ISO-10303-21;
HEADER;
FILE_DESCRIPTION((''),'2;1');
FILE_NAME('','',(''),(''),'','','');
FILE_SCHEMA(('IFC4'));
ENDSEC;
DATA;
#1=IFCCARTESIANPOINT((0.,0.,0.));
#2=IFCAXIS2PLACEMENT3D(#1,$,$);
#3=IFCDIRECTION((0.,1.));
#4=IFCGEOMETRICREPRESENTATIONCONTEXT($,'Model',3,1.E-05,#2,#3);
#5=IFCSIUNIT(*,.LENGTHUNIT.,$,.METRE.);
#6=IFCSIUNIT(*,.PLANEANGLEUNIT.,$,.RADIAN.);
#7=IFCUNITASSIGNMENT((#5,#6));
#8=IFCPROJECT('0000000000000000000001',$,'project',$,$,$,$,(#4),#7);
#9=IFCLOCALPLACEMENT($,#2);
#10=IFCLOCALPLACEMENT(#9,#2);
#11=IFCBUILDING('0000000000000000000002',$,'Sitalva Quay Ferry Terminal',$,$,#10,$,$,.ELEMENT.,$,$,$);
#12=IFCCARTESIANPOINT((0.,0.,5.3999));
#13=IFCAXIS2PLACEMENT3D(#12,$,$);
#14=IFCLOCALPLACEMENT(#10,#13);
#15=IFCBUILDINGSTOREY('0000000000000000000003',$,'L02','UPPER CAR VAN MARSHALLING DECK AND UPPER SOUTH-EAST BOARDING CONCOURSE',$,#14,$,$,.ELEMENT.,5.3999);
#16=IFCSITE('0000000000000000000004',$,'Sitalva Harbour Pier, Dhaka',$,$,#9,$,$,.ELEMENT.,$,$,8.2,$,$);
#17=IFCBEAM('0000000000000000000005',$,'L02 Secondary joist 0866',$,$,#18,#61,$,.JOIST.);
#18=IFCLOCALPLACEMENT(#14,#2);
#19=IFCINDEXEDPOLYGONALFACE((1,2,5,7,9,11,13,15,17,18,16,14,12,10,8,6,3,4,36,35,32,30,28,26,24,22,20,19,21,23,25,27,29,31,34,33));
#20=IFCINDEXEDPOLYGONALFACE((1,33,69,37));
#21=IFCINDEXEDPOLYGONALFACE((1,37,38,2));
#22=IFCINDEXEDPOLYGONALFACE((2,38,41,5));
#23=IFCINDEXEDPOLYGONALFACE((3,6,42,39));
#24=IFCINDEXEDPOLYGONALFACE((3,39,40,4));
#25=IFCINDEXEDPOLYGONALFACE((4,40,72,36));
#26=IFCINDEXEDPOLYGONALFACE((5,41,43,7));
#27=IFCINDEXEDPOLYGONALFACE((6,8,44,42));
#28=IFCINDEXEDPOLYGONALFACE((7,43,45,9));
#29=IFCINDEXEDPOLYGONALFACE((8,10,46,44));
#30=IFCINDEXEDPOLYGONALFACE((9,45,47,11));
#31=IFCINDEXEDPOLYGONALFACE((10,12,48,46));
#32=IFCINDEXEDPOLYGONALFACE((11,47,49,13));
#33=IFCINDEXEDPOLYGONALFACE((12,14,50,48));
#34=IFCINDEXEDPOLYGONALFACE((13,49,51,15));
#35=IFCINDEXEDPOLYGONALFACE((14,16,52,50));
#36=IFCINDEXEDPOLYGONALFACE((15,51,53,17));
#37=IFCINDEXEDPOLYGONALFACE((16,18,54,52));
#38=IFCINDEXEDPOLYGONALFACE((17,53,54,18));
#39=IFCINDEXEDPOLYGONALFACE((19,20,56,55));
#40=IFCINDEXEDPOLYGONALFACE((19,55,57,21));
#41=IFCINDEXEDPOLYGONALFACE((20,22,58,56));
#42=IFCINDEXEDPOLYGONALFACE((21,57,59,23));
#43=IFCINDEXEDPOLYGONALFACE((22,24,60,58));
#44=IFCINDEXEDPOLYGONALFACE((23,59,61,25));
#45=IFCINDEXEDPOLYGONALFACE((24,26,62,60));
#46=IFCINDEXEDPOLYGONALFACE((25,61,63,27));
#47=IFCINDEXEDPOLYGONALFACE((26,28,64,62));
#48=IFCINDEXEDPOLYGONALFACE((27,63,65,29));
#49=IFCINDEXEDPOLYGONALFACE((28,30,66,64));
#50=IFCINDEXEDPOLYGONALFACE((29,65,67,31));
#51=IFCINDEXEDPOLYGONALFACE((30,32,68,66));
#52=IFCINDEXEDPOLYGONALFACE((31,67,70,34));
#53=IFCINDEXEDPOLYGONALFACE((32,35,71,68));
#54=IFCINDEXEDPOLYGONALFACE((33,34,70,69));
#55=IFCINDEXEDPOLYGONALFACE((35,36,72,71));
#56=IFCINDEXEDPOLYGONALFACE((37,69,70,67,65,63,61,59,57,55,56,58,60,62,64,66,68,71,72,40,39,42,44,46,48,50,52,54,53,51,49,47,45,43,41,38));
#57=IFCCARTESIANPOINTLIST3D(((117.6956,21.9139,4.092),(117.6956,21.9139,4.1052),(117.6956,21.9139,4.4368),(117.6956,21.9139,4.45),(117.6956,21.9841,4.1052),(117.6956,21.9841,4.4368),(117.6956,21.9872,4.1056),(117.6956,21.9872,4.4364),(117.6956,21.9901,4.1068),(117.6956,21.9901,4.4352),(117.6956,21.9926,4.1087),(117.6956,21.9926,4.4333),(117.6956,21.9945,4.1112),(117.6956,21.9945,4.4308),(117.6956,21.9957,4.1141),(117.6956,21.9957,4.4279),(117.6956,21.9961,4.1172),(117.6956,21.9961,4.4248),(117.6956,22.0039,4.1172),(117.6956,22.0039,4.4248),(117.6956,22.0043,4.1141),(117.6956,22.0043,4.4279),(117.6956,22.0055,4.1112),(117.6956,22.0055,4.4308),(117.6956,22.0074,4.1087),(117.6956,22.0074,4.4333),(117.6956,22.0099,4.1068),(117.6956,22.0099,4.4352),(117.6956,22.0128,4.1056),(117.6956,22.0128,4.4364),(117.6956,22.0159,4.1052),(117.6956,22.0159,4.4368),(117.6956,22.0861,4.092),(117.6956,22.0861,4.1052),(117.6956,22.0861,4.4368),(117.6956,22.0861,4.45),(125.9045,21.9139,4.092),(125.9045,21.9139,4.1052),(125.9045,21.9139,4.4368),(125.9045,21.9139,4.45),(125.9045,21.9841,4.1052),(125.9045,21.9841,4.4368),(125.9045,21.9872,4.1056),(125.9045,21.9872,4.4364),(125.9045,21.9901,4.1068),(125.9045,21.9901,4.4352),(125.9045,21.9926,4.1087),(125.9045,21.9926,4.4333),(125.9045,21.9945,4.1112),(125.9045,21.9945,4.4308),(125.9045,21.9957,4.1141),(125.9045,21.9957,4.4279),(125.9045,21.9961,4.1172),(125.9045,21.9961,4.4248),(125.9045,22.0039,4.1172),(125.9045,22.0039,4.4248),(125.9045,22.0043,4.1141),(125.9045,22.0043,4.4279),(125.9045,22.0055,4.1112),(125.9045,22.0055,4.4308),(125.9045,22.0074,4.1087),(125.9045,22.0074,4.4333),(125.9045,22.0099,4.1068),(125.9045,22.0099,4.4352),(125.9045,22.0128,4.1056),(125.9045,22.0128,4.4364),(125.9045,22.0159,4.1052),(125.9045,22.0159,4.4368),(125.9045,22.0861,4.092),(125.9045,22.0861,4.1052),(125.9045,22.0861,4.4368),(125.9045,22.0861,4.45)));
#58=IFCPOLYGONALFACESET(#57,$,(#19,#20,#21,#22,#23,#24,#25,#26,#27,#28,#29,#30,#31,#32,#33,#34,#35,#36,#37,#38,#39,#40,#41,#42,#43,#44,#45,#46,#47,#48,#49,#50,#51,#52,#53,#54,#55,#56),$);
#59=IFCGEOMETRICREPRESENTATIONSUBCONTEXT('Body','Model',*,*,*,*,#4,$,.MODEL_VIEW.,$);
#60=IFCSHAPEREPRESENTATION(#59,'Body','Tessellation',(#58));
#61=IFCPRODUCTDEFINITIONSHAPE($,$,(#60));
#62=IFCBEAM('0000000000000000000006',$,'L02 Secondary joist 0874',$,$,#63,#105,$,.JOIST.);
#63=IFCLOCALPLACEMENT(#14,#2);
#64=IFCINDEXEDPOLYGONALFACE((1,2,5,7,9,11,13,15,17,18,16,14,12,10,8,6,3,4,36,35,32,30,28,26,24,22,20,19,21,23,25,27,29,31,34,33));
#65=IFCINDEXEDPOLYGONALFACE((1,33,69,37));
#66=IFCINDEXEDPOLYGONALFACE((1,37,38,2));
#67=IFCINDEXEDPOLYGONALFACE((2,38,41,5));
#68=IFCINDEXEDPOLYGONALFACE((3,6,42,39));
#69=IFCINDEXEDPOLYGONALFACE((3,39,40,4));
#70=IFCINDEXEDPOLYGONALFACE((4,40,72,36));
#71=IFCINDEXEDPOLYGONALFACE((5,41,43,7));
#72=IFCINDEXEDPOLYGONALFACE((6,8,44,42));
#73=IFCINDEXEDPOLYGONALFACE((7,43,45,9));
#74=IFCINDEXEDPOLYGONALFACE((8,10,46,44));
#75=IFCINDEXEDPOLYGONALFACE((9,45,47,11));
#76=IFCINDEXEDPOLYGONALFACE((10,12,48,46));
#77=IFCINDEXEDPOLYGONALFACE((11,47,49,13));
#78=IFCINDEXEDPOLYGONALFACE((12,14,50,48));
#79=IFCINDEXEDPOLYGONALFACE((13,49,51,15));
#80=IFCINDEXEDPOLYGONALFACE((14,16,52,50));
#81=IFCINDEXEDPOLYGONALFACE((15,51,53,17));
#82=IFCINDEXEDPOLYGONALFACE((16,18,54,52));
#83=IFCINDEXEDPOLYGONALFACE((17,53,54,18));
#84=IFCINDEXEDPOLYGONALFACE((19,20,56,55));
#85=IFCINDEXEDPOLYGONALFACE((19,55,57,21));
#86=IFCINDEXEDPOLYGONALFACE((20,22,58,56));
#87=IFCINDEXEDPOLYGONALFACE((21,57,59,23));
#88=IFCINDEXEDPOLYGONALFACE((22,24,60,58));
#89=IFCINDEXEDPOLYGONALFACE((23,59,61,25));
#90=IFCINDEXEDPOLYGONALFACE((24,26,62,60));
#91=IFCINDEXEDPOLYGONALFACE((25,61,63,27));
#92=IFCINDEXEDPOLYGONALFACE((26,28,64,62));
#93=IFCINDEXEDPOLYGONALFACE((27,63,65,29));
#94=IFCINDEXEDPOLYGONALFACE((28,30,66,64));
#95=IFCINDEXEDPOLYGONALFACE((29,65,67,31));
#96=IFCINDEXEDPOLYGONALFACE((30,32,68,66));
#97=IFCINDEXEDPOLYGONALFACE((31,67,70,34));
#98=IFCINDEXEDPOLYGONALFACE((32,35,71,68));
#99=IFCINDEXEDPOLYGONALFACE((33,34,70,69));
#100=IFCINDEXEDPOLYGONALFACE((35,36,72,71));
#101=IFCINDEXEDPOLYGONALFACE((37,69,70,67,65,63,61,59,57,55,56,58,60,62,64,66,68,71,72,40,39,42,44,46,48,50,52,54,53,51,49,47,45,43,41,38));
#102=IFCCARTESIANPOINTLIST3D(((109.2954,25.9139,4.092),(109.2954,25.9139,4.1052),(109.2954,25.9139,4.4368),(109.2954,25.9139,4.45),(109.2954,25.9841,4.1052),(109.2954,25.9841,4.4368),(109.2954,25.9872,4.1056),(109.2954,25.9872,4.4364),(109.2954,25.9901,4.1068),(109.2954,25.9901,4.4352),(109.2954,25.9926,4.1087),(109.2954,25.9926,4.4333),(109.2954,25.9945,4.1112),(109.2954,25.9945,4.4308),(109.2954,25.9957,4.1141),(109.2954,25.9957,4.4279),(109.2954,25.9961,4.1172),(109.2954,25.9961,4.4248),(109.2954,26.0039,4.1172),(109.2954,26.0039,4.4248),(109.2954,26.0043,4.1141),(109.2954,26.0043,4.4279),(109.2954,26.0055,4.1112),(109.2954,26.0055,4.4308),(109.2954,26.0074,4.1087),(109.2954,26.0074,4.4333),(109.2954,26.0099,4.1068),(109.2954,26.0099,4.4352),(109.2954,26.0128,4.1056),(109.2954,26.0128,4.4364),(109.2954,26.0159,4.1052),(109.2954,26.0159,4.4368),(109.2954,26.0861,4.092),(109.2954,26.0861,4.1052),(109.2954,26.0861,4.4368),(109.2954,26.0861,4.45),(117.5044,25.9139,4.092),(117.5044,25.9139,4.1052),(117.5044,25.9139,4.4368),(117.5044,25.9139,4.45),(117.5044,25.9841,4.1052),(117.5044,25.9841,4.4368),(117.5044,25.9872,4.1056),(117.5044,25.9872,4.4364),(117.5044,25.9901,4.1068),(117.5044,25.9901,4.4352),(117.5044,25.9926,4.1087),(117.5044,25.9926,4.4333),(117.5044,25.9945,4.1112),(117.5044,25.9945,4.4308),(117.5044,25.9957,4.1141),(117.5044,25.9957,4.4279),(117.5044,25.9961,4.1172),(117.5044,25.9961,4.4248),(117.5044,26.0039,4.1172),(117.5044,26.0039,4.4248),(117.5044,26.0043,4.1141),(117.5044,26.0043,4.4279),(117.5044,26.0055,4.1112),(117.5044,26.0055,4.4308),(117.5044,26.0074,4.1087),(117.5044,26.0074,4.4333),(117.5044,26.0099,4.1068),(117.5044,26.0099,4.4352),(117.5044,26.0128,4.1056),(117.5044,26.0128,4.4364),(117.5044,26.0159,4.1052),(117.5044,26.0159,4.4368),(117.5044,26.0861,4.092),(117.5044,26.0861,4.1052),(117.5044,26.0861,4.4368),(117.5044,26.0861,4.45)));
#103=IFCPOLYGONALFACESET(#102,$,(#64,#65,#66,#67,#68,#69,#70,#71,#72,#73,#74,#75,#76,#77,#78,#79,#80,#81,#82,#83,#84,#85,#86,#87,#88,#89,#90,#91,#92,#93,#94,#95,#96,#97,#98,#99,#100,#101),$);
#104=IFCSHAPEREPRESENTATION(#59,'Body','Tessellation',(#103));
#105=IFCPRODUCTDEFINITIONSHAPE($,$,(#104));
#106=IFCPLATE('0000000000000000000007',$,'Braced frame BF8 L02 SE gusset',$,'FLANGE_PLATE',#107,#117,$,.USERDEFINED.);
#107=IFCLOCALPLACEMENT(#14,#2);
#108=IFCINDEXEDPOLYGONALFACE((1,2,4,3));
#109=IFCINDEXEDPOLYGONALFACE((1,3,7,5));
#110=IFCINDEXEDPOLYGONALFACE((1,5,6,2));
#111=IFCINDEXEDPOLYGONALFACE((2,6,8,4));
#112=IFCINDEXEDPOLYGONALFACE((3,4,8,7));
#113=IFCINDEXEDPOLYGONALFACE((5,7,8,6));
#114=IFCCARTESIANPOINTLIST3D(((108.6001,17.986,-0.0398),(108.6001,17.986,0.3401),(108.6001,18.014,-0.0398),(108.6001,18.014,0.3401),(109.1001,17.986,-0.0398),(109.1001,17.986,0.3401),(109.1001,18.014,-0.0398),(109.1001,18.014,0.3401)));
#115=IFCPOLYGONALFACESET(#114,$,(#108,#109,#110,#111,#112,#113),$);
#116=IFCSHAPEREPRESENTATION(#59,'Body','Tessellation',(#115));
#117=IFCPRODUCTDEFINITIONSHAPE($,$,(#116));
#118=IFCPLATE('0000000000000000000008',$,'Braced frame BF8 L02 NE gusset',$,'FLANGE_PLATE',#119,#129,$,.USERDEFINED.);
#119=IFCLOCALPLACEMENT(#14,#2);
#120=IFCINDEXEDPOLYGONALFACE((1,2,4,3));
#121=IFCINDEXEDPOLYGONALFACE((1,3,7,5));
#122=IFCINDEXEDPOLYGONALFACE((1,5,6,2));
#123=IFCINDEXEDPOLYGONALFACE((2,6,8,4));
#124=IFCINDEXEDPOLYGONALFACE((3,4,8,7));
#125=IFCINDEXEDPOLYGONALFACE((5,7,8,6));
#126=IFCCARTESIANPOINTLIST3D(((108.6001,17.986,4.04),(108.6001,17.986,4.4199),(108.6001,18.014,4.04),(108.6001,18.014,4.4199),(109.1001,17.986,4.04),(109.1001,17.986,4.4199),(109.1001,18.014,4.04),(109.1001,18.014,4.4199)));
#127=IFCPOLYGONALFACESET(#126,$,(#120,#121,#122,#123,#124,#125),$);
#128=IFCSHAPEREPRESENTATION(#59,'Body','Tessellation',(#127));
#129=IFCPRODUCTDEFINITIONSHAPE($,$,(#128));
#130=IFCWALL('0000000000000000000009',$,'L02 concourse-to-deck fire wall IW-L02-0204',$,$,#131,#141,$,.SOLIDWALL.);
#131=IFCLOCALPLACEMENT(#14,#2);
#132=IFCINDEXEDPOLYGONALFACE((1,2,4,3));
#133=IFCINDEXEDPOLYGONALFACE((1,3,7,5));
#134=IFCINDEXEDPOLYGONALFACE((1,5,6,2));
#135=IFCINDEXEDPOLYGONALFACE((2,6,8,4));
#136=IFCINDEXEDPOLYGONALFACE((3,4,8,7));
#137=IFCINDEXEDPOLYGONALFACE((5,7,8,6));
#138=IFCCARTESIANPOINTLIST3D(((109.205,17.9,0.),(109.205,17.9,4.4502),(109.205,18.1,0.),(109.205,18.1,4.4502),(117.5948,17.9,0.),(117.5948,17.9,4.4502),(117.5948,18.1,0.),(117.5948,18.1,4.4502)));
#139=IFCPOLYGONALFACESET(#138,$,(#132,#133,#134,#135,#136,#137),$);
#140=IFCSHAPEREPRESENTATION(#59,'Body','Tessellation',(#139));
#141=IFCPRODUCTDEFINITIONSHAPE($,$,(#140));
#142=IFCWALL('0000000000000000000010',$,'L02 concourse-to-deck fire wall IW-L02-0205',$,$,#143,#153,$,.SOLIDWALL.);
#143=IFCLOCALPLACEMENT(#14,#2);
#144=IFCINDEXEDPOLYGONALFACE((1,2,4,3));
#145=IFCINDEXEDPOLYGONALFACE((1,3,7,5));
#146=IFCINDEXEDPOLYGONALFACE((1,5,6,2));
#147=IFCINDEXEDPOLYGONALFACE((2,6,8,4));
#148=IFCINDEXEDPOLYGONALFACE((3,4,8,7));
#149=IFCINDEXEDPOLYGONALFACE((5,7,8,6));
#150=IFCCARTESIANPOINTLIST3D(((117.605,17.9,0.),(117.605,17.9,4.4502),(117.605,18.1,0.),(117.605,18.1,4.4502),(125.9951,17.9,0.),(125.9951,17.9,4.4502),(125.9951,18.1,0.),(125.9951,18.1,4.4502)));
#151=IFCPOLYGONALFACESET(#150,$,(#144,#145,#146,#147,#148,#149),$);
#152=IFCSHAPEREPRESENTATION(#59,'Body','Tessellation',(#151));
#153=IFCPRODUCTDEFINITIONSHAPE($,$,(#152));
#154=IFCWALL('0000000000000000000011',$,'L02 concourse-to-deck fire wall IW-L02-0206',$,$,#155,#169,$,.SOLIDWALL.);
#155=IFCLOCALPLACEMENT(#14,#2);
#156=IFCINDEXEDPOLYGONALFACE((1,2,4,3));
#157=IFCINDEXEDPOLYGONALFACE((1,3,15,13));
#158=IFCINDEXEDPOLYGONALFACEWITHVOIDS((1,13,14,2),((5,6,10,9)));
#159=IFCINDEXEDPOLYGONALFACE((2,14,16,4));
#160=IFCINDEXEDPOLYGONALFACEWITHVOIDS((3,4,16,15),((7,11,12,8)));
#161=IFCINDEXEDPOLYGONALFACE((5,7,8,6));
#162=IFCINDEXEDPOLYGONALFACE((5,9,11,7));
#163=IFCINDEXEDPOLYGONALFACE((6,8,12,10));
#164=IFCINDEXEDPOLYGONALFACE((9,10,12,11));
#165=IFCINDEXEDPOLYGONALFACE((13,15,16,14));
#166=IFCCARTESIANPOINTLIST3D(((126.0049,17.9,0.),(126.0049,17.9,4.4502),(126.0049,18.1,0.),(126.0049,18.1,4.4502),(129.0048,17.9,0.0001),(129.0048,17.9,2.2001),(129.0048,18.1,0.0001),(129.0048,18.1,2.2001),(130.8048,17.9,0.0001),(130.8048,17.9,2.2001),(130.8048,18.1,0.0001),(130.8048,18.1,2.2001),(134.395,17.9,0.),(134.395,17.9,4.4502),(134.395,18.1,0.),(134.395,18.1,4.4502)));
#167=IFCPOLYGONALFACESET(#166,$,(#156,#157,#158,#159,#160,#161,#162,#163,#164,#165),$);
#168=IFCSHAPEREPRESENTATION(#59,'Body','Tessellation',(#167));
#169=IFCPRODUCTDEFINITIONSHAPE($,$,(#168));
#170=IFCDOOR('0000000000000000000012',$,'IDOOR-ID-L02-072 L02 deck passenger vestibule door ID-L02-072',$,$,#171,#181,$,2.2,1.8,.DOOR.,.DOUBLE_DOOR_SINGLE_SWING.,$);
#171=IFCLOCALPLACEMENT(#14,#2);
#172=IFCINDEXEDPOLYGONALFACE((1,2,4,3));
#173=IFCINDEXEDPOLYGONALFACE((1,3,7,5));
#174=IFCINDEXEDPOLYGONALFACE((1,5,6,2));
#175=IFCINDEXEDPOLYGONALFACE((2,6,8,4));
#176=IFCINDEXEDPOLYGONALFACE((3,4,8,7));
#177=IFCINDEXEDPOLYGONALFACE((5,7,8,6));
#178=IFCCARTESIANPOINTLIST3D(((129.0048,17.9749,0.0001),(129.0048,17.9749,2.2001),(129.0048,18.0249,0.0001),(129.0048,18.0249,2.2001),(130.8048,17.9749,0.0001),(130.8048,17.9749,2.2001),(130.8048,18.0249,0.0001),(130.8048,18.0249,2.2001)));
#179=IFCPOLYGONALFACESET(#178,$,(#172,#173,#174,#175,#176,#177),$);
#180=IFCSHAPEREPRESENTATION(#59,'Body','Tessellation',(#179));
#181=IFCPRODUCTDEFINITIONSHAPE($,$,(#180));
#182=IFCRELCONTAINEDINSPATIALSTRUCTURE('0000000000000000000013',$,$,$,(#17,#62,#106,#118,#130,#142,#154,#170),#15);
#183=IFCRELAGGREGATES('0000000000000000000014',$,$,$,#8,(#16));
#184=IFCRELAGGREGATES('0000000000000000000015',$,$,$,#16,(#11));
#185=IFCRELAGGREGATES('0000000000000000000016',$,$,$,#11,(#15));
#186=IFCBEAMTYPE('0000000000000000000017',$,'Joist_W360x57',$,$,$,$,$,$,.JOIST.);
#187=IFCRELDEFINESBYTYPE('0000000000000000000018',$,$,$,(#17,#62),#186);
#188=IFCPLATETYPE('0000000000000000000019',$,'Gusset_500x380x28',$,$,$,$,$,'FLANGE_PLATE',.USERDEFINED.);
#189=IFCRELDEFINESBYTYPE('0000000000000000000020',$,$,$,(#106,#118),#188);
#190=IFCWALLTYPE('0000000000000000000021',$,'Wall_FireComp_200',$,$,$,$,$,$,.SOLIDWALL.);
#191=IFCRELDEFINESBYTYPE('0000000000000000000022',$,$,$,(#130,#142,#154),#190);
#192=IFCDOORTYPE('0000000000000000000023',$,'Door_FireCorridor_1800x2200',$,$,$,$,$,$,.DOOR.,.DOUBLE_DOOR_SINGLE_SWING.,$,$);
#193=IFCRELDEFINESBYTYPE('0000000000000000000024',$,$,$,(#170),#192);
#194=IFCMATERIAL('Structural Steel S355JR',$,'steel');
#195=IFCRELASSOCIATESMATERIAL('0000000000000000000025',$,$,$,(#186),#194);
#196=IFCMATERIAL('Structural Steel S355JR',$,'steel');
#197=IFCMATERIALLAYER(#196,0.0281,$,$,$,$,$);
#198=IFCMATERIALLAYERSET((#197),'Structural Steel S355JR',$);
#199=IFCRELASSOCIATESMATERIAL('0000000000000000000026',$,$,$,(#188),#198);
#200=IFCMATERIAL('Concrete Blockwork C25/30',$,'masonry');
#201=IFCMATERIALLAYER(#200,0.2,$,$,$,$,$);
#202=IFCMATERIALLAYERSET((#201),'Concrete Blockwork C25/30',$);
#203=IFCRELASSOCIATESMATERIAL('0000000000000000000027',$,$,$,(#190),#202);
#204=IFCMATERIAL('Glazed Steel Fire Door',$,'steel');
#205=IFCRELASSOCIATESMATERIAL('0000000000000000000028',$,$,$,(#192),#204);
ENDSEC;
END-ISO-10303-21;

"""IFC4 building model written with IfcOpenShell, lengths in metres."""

from ifc_helpers import new_model, si_unit, direction, frame, frame_2d, origin, origin_2d, place, context, subcontext, project, spatial, rectangle, i_section, extrude, material, layer, layer_set, material_profile, profile_set, type_object, element, fill, save


model = new_model("IFC4")

# Units and contexts
model_context = context("Model", 3, precision=1e-05, world=origin(), true_north=direction((0.0, 1.0)))
body_context = subcontext(model_context, "Body", "Model", "MODEL_VIEW")
ifc_project = project(units=[si_unit("LENGTHUNIT", "METRE"), si_unit("PLANEANGLEUNIT", "RADIAN")], contexts=[model_context])

# Site, building, storey
site_placement = place(None, origin())
site = spatial("IfcSite", under=ifc_project, at=site_placement, Name="Sitalva Harbour Pier, Dhaka", CompositionType="ELEMENT", RefElevation=8.2)
building_placement = place(site_placement, origin())
building = spatial("IfcBuilding", under=site, at=building_placement, Name="Sitalva Quay Ferry Terminal", CompositionType="ELEMENT")
storey_placement = place(building_placement, frame((0.0, 0.0, 5.3999)))
storey = spatial("IfcBuildingStorey", under=building, at=storey_placement, Name="L02", Description="UPPER CAR VAN MARSHALLING DECK AND UPPER SOUTH-EAST BOARDING CONCOURSE", CompositionType="ELEMENT", Elevation=5.3999)

# Beams
ifc_material_1 = material(Name="Structural Steel S355JR", Category="steel")
ifc_material_profile_1 = material_profile(ifc_material_1, i_section(OverallWidth=0.1721, OverallDepth=0.3579, WebThickness=0.0078, FlangeThickness=0.0132, FilletRadius=0.012, at=origin_2d()), Name="W360x57")
ifc_profile_set_1 = profile_set([ifc_material_profile_1], Name="Structural Steel S355JR")
beam_type_1 = type_object("IfcBeamType", Name="Joist_W360x57", PredefinedType="JOIST", material=ifc_profile_set_1)
for number, where, z_axis, x_axis, name in (
    (1, (117.6956, 22.0, 4.271), (1.0, 0.0, 0.0), (0.0, 1.0, 0.0), "L02 Secondary joist 0866"),
    (2, (109.2954, 26.0, 4.271), (1.0, 0.0, 0.0), (0.0, 1.0, 0.0), "L02 Secondary joist 0874"),
):
    element("IfcBeam", number, at=place(storey_placement, frame(where, z_axis=z_axis, x_axis=x_axis)), inside=storey, type_object=beam_type_1, Name=name, PredefinedType="JOIST", context=body_context, shape_type="SweptSolid", body=[
        extrude(i_section(OverallWidth=0.1721, OverallDepth=0.3579, WebThickness=0.0078, FlangeThickness=0.0132, FilletRadius=0.012, at=origin_2d()), origin(), (0.0, 0.0, 1.0), 8.209),
    ])

# Plates
ifc_material_2 = material(Name="Structural Steel S355JR", Category="steel")
ifc_layer_1 = layer(ifc_material_2, 0.0281)
ifc_layer_set_1 = layer_set([ifc_layer_1], Name="Structural Steel S355JR")
plate_type = type_object("IfcPlateType", Name="Gusset_500x380x28", ElementType="FLANGE_PLATE", PredefinedType="USERDEFINED", material=ifc_layer_set_1)
for number, where, z_axis, x_axis, name in (
    (3, (108.8501, 18.0, -0.0398), (0.0, 0.0, 1.0), (1.0, 0.0, 0.0), "Braced frame BF8 L02 SE gusset"),
    (4, (108.8501, 18.0, 4.04), (0.0, 0.0, 1.0), (1.0, 0.0, 0.0), "Braced frame BF8 L02 NE gusset"),
):
    element("IfcPlate", number, at=place(storey_placement, frame(where, z_axis=z_axis, x_axis=x_axis)), inside=storey, type_object=plate_type, Name=name, ObjectType="FLANGE_PLATE", PredefinedType="USERDEFINED", context=body_context, shape_type="SweptSolid", body=[
        extrude(rectangle(XDim=0.5, YDim=0.0281, at=origin_2d()), origin(), (0.0, 0.0, 1.0), 0.3799),
    ])

# Walls
ifc_material_3 = material(Name="Concrete Blockwork C25/30", Category="masonry")
ifc_layer_2 = layer(ifc_material_3, 0.2)
ifc_layer_set_2 = layer_set([ifc_layer_2], Name="Concrete Blockwork C25/30")
wall_type = type_object("IfcWallType", Name="Wall_FireComp_200", PredefinedType="SOLIDWALL", material=ifc_layer_set_2)
wall_1_placement = place(storey_placement, frame((109.2051, 18.0, 0.0), z_axis=(0.0, 0.0, 1.0), x_axis=(1.0, 0.0, 0.0)))
element("IfcWall", 5, at=wall_1_placement, inside=storey, type_object=wall_type, Name="L02 concourse-to-deck fire wall IW-L02-0204", PredefinedType="SOLIDWALL", context=body_context, shape_type="SweptSolid", body=[
    extrude(rectangle(XDim=8.3899, YDim=0.2, at=frame_2d((4.1948, 0.0))), origin(), (0.0, 0.0, 1.0), 4.4502),
])
wall_2_placement = place(storey_placement, frame((117.605, 18.0, 0.0), z_axis=(0.0, 0.0, 1.0), x_axis=(1.0, 0.0, 0.0)))
element("IfcWall", 6, at=wall_2_placement, inside=storey, type_object=wall_type, Name="L02 concourse-to-deck fire wall IW-L02-0205", PredefinedType="SOLIDWALL", context=body_context, shape_type="SweptSolid", body=[
    extrude(rectangle(XDim=8.3901, YDim=0.2, at=frame_2d((4.1951, 0.0))), origin(), (0.0, 0.0, 1.0), 4.4502),
])

# Wall, opening, door
wall_3_placement = place(storey_placement, frame((126.0049, 18.0, 0.0), z_axis=(0.0, 0.0, 1.0), x_axis=(1.0, 0.0, 0.0)))
wall_3 = element("IfcWall", 7, at=wall_3_placement, inside=storey, type_object=wall_type, Name="L02 concourse-to-deck fire wall IW-L02-0206", PredefinedType="SOLIDWALL", context=body_context, shape_type="SweptSolid", body=[
    extrude(rectangle(XDim=8.3901, YDim=0.2, at=frame_2d((4.1951, 0.0))), origin(), (0.0, 0.0, 1.0), 4.4502),
])
opening_placement = place(wall_3_placement, frame((3.0, 0.0, 0.0)))
opening = element("IfcOpeningElement", 8, at=opening_placement, cuts=wall_3, PredefinedType="OPENING", context=body_context, shape_type="SweptSolid", body=[
    extrude(rectangle(XDim=1.8, YDim=2.2, at=frame_2d((0.8999, 1.1001))), frame((0.0, 0.1099, 0.0), z_axis=(0.0, -1.0, 0.0), x_axis=(1.0, 0.0, 0.0)), (0.0, 0.0, 1.0), 0.22),
])
ifc_material_4 = material(Name="Glazed Steel Fire Door", Category="steel")
door_type = type_object("IfcDoorType", Name="Door_FireCorridor_1800x2200", OperationType="DOUBLE_DOOR_SINGLE_SWING", PredefinedType="DOOR", material=ifc_material_4)
door_placement = place(opening_placement, origin())
door = element("IfcDoor", 9, at=door_placement, inside=storey, type_object=door_type, Name="IDOOR-ID-L02-072 L02 deck passenger vestibule door ID-L02-072", OperationType="DOUBLE_DOOR_SINGLE_SWING", OverallHeight=2.2, OverallWidth=1.8, PredefinedType="DOOR", context=body_context, shape_type="SweptSolid", body=[
    extrude(rectangle(XDim=1.8, YDim=2.2, at=frame_2d((0.8999, 1.1001))), frame((0.0, 0.0249, 0.0), z_axis=(0.0, -1.0, 0.0), x_axis=(1.0, 0.0, 0.0)), (0.0, 0.0, 1.0), 0.05),
])
fill(opening, door)

save(model, "model.ifc")
